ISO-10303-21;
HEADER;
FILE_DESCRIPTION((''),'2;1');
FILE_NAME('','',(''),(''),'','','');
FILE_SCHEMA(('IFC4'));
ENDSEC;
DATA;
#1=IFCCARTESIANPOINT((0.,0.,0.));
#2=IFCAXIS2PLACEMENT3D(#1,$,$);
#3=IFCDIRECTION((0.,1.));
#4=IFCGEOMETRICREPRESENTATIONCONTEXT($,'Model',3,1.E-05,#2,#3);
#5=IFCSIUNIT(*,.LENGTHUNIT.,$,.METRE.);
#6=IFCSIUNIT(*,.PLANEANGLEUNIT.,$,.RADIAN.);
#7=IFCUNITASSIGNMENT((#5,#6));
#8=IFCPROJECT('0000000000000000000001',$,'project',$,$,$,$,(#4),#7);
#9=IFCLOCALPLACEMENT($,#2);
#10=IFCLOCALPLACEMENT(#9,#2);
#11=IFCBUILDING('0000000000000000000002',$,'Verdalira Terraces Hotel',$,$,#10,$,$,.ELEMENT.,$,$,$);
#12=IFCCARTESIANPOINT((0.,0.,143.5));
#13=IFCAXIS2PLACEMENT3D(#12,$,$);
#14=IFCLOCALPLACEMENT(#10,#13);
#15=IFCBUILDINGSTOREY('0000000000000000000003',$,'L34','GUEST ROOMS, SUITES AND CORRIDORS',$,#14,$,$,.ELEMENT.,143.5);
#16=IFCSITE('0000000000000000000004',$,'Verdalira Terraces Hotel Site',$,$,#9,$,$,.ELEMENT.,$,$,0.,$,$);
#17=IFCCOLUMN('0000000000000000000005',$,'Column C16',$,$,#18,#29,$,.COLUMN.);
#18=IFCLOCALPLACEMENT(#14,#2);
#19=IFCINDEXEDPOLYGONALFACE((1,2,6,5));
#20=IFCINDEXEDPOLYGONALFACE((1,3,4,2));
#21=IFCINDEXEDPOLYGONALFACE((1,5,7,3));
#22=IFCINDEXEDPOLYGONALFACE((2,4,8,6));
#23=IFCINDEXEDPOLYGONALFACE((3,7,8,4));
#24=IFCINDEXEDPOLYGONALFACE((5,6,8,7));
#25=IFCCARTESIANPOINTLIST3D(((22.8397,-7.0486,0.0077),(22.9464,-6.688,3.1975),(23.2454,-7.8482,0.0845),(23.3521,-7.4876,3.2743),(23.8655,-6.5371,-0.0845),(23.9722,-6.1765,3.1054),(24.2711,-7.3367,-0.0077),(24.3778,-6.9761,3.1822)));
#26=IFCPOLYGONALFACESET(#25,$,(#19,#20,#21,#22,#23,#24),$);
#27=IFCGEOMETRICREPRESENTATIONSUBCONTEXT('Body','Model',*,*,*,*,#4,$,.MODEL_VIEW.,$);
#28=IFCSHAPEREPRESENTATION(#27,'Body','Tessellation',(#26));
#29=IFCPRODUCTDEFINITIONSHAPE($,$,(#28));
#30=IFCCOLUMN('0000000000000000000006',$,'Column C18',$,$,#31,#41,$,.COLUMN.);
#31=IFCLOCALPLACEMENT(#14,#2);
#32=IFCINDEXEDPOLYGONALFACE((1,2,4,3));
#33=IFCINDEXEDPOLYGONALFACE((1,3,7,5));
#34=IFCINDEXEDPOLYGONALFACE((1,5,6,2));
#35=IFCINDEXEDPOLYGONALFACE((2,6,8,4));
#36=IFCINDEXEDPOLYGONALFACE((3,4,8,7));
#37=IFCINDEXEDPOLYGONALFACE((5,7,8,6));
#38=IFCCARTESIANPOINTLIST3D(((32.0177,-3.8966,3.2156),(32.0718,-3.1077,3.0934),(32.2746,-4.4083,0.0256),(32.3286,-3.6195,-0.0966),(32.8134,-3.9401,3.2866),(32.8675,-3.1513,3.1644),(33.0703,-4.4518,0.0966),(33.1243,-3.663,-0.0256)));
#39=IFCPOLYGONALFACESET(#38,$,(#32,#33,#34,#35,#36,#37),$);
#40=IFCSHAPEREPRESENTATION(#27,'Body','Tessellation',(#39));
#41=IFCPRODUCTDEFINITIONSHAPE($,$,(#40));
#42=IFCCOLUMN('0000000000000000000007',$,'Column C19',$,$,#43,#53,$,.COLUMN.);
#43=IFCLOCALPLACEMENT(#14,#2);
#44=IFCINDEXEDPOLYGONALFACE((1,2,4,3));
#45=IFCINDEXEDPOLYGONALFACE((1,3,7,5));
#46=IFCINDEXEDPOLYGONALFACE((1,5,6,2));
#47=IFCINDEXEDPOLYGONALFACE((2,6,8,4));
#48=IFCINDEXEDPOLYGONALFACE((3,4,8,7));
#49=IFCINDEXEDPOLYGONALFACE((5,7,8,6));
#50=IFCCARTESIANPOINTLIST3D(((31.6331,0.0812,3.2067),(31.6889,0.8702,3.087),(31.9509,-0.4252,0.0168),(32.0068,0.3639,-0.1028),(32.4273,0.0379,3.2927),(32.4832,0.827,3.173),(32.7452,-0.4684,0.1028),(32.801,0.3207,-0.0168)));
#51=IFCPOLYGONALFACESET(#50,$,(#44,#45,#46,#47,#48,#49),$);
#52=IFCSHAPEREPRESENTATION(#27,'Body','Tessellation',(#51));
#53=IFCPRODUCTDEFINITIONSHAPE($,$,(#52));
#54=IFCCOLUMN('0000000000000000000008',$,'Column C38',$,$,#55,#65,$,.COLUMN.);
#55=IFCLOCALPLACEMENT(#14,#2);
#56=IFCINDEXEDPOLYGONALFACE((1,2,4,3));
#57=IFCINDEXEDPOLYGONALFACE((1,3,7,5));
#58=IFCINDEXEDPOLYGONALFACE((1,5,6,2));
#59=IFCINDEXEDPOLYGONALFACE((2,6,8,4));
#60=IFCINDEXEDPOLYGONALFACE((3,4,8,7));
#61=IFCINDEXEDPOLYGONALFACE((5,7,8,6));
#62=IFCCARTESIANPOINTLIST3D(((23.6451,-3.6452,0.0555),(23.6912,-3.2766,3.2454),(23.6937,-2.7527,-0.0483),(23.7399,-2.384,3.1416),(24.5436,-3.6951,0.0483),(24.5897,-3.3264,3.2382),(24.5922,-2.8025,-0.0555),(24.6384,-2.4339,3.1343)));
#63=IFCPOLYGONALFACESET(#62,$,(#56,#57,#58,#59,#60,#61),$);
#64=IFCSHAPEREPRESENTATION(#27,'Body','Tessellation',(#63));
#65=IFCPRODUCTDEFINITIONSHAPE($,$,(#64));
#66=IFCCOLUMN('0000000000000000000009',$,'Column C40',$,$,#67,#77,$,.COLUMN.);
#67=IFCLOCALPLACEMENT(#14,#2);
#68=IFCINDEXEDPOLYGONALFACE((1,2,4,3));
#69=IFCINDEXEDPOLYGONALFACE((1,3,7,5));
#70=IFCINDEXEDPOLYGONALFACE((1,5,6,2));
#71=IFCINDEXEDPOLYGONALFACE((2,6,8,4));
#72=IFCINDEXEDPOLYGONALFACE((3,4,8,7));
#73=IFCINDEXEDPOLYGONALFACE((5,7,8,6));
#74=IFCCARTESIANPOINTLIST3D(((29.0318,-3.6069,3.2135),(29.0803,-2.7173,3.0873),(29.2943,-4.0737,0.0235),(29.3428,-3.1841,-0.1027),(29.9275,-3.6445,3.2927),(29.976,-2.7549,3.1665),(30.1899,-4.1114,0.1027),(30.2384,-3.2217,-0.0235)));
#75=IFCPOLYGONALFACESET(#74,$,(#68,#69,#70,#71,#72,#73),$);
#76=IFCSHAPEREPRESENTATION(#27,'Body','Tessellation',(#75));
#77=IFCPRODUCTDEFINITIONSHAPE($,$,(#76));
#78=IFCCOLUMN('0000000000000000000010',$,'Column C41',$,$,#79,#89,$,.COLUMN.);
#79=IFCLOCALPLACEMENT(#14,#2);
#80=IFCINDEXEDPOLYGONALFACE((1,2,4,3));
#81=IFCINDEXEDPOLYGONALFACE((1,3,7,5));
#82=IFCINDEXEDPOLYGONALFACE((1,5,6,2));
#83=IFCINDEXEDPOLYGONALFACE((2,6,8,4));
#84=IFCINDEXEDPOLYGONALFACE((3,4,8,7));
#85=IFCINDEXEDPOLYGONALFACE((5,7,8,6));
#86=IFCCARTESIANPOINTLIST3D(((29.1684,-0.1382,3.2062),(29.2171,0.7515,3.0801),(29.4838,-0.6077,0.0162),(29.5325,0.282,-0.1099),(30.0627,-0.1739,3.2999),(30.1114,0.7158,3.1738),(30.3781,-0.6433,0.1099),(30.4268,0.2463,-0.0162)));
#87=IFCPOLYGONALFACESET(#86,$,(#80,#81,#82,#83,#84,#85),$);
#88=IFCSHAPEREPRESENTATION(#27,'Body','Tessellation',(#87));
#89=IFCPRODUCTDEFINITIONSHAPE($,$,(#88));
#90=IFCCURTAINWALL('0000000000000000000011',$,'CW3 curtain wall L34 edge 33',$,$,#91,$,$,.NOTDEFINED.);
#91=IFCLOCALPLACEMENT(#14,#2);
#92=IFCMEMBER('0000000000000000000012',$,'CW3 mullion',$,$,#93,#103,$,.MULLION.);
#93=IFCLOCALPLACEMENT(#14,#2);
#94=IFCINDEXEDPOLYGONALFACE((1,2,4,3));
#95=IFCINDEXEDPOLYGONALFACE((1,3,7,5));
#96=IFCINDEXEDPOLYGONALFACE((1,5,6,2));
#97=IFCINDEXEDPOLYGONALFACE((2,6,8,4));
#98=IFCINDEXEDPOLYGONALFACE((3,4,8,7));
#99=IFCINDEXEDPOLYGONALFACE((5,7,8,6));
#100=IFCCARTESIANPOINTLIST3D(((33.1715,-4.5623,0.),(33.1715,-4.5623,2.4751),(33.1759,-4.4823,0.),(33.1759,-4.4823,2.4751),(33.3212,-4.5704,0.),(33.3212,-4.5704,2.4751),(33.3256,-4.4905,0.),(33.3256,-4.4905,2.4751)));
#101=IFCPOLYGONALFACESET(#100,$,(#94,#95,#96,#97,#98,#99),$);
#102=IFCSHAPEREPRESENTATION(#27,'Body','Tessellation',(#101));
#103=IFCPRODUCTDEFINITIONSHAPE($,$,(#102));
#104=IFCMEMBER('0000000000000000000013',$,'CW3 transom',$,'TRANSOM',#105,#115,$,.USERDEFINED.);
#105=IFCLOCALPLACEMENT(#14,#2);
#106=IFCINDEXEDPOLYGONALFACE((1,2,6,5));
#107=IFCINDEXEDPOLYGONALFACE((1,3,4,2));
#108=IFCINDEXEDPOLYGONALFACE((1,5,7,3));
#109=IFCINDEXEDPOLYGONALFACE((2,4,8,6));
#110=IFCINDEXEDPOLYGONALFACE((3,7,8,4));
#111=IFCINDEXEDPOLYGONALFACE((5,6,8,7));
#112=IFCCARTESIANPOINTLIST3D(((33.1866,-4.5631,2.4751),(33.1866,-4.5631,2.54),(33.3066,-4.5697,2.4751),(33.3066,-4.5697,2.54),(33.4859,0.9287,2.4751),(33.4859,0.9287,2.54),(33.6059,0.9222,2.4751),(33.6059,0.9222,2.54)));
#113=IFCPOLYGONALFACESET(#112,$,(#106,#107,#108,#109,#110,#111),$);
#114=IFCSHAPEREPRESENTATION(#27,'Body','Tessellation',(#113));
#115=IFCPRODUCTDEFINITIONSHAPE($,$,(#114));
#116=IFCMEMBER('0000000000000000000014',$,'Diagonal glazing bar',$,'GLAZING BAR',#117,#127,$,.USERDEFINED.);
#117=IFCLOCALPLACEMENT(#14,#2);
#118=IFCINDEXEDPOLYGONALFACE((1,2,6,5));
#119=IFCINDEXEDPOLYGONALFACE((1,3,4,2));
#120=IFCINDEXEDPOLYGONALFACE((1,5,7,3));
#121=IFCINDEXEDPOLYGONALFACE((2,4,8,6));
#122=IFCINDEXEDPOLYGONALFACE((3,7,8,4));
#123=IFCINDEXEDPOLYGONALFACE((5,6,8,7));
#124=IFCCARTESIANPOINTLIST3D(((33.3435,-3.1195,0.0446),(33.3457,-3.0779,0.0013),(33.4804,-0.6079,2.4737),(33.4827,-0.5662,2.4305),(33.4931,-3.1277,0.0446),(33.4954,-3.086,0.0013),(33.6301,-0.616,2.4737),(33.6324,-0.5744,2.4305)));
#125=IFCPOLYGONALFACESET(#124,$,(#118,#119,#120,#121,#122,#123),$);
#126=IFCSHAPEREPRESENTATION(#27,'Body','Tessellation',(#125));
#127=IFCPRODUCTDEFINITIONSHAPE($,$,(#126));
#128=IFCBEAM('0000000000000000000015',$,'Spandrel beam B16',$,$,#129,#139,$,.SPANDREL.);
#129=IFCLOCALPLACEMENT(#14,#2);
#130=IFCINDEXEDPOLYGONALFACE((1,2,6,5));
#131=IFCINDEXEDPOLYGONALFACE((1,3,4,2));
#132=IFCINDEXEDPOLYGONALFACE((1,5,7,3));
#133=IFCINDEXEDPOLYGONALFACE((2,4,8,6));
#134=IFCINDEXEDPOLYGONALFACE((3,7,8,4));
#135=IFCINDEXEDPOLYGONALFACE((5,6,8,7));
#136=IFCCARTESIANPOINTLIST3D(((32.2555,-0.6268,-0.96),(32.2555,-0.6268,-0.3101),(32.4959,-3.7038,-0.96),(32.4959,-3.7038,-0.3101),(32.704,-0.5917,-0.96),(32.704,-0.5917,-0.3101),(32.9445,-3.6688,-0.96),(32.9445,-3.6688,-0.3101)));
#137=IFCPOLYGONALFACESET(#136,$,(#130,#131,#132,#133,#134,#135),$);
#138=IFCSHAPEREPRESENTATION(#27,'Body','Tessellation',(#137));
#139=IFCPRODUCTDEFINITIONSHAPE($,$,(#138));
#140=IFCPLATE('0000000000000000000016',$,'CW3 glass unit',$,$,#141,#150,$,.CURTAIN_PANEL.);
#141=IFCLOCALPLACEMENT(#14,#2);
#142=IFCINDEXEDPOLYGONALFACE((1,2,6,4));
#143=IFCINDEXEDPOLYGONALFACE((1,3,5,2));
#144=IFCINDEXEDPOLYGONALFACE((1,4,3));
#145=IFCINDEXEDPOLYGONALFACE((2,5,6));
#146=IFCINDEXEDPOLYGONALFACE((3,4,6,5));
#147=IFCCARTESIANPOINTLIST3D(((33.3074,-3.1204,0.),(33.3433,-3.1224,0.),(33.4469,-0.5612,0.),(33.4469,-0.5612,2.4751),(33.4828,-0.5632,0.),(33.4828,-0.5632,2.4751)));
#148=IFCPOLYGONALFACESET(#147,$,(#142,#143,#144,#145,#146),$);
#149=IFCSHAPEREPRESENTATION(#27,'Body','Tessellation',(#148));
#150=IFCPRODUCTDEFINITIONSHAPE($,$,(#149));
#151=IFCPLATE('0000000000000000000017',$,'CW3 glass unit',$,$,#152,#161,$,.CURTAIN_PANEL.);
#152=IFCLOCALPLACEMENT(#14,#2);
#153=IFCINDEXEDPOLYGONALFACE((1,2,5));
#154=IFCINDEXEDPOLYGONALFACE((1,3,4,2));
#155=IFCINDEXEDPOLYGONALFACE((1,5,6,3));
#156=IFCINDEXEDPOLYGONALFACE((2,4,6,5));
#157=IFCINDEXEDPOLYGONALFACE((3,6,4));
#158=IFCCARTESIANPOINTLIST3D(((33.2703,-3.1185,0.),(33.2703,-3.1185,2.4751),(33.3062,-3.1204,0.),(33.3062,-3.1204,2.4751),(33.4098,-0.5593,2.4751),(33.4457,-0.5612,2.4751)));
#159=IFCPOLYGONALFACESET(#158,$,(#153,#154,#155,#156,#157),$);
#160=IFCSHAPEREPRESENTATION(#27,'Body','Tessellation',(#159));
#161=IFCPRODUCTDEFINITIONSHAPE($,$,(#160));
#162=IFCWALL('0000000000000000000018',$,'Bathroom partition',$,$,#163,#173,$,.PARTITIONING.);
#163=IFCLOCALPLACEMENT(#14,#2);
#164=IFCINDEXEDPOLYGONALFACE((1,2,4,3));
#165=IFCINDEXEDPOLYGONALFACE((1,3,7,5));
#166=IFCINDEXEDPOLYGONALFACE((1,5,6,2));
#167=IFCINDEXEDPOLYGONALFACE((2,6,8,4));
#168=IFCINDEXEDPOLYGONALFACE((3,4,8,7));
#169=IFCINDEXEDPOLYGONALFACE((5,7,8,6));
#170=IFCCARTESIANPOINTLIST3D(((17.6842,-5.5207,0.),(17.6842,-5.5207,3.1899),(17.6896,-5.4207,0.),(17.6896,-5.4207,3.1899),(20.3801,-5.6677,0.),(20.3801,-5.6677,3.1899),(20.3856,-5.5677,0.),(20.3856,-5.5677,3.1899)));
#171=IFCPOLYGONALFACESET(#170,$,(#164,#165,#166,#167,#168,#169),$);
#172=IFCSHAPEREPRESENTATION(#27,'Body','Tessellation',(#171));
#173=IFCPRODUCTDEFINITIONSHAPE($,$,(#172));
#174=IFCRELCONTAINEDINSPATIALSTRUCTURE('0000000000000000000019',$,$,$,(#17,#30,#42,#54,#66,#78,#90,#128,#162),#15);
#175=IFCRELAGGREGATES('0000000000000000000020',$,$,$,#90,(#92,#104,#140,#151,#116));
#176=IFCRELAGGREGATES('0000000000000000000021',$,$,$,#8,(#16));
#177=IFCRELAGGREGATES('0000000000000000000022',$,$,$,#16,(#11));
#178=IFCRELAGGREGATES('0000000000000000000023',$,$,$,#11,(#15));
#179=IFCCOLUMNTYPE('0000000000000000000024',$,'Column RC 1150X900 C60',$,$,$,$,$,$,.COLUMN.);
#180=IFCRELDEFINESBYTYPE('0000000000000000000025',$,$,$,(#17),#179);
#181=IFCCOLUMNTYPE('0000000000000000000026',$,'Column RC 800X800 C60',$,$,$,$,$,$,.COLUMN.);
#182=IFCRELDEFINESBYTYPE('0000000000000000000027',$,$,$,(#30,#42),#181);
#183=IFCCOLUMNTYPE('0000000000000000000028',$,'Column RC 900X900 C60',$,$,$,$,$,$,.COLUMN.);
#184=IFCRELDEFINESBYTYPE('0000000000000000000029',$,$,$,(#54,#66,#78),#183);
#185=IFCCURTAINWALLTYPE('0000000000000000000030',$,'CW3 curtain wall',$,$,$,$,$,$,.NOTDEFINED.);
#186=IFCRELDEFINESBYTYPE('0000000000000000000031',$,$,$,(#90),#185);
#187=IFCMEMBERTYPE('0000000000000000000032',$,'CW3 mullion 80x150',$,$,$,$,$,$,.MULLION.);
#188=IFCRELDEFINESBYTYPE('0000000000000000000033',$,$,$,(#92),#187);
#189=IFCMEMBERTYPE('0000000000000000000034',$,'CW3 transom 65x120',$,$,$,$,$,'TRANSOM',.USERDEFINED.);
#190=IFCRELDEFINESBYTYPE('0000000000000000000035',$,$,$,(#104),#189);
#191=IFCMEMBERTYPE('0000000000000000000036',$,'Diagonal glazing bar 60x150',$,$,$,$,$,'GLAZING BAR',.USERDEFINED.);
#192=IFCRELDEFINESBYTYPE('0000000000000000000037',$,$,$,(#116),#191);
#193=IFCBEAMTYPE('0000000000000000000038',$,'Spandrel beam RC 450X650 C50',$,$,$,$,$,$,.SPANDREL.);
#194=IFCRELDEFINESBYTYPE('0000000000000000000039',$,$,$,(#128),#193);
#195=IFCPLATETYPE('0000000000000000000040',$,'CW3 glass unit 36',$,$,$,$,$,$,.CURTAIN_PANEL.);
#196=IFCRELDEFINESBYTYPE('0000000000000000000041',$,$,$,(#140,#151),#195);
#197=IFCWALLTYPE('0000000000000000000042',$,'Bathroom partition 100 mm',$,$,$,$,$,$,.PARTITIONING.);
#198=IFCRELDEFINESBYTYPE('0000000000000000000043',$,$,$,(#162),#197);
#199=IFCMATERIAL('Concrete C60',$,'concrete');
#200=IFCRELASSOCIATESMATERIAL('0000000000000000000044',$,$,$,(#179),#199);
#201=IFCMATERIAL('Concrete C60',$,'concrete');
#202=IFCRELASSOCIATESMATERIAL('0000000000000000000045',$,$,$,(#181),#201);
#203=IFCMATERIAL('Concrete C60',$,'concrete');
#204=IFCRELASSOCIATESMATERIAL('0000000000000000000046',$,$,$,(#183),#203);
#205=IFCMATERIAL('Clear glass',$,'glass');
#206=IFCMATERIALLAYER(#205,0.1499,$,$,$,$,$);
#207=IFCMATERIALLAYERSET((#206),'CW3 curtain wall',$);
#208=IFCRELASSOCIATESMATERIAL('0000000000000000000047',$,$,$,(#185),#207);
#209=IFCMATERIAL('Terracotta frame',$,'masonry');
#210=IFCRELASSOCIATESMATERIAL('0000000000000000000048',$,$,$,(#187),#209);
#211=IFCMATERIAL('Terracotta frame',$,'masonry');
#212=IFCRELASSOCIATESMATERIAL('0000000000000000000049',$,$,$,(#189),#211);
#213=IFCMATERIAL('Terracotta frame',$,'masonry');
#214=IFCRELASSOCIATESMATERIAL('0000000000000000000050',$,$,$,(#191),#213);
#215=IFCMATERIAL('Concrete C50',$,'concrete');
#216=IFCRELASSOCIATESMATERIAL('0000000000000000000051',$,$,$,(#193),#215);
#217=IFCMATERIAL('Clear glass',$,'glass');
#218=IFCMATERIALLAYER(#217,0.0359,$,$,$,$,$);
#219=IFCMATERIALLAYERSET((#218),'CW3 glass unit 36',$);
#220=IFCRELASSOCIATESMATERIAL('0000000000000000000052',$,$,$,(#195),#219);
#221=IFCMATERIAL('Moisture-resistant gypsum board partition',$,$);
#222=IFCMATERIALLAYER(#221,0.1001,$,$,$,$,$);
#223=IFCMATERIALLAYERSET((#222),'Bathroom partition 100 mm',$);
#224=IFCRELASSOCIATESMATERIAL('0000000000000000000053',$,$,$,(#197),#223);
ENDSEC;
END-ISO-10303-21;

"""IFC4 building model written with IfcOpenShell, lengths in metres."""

from ifc_helpers import new_model, si_unit, direction, frame, frame_2d, origin, origin_2d, place, context, subcontext, project, spatial, polyline, rectangle, outline, extrude, material, layer, layer_set, material_profile, profile_set, type_object, element, aggregate, save


model = new_model("IFC4")

# Units and contexts
model_context = context("Model", 3, precision=1e-05, world=origin(), true_north=direction((0.0, 1.0)))
body_context = subcontext(model_context, "Body", "Model", "MODEL_VIEW")
ifc_project = project(units=[si_unit("LENGTHUNIT", "METRE"), si_unit("PLANEANGLEUNIT", "RADIAN")], contexts=[model_context])

# Site, building, storey
site_placement = place(None, origin())
site = spatial("IfcSite", under=ifc_project, at=site_placement, Name="Verdalira Terraces Hotel Site", CompositionType="ELEMENT", RefElevation=0.0)
building_placement = place(site_placement, origin())
building = spatial("IfcBuilding", under=site, at=building_placement, Name="Verdalira Terraces Hotel", CompositionType="ELEMENT")
storey_placement = place(building_placement, frame((0.0, 0.0, 143.5)))
storey = spatial("IfcBuildingStorey", under=building, at=storey_placement, Name="L34", Description="GUEST ROOMS, SUITES AND CORRIDORS", CompositionType="ELEMENT", Elevation=143.5)

# Columns
ifc_material_1 = material(Name="Concrete C60", Category="concrete")
ifc_material_profile_1 = material_profile(ifc_material_1, rectangle(XDim=1.1499, YDim=0.8999, at=origin_2d()), Name="RC 1150X900")
ifc_profile_set_1 = profile_set([ifc_material_profile_1], Name="Concrete C60")
column_type_1 = type_object("IfcColumnType", Name="Column RC 1150X900 C60", PredefinedType="COLUMN", material=ifc_profile_set_1)
column_1_placement = place(storey_placement, frame((23.5554, -7.1926, 0.0), z_axis=(0.033216, 0.112264, 0.993123), x_axis=(-0.892028, -0.444822, 0.080118)))
element("IfcColumn", 1, at=column_1_placement, inside=storey, type_object=column_type_1, Name="Column C16", PredefinedType="COLUMN", context=body_context, shape_type="SweptSolid", body=[
    extrude(rectangle(XDim=1.1499, YDim=0.8999, at=origin_2d()), origin(), (0.0, 0.0, 1.0), 3.2119),
])
ifc_material_2 = material(Name="Concrete C60", Category="concrete")
ifc_material_profile_2 = material_profile(ifc_material_2, rectangle(XDim=0.8, YDim=0.8, at=origin_2d()), Name="RC 800X800")
ifc_profile_set_2 = profile_set([ifc_material_profile_2], Name="Concrete C60")
column_type_2 = type_object("IfcColumnType", Name="Column RC 800X800 C60", PredefinedType="COLUMN", material=ifc_profile_set_2)
column_2_placement = place(storey_placement, frame((32.6995, -4.0356, 0.0), z_axis=(-0.079248, 0.157893, 0.984271), x_axis=(0.067574, 0.985956, -0.152723)))
element("IfcColumn", 2, at=column_2_placement, inside=storey, type_object=column_type_2, Name="Column C18", PredefinedType="COLUMN", context=body_context, shape_type="SweptSolid", body=[
    extrude(rectangle(XDim=0.8, YDim=0.8, at=origin_2d()), origin(), (0.0, 0.0, 1.0), 3.241),
])
column_3_placement = place(storey_placement, frame((32.376, -0.0522, 0.0), z_axis=(-0.097943, 0.156016, 0.982887), x_axis=(0.069858, 0.986277, -0.149593)))
element("IfcColumn", 3, at=column_3_placement, inside=storey, type_object=column_type_2, Name="Column C19", PredefinedType="COLUMN", context=body_context, shape_type="SweptSolid", body=[
    extrude(rectangle(XDim=0.8, YDim=0.8, at=origin_2d()), origin(), (0.0, 0.0, 1.0), 3.2454),
])
ifc_material_3 = material(Name="Concrete C60", Category="concrete")
ifc_material_profile_3 = material_profile(ifc_material_3, rectangle(XDim=0.8999, YDim=0.8999, at=origin_2d()), Name="RC 900X900")
ifc_profile_set_3 = profile_set([ifc_material_profile_3], Name="Concrete C60")
column_type_3 = type_object("IfcColumnType", Name="Column RC 900X900 C60", PredefinedType="COLUMN", material=ifc_profile_set_3)
column_4_placement = place(storey_placement, frame((24.1187, -3.2239, 0.0), z_axis=(0.014368, 0.114791, 0.993286), x_axis=(0.998433, -0.055373, -0.008043)))
element("IfcColumn", 4, at=column_4_placement, inside=storey, type_object=column_type_3, Name="Column C38", PredefinedType="COLUMN", context=body_context, shape_type="SweptSolid", body=[
    extrude(rectangle(XDim=0.8999, YDim=0.8999, at=origin_2d()), origin(), (0.0, 0.0, 1.0), 3.2114),
])
column_5_placement = place(storey_placement, frame((29.7664, -3.6477, 0.0), z_axis=(-0.081139, 0.144315, 0.9862), x_axis=(0.995244, -0.041789, 0.087998)))
element("IfcColumn", 5, at=column_5_placement, inside=storey, type_object=column_type_3, Name="Column C40", PredefinedType="COLUMN", context=body_context, shape_type="SweptSolid", body=[
    extrude(rectangle(XDim=0.8999, YDim=0.8999, at=origin_2d()), origin(), (0.0, 0.0, 1.0), 3.2346),
])
column_6_placement = place(storey_placement, frame((29.9553, -0.1807, 0.0), z_axis=(-0.097364, 0.144916, 0.984642), x_axis=(0.993776, -0.039649, 0.104103)))
element("IfcColumn", 6, at=column_6_placement, inside=storey, type_object=column_type_3, Name="Column C41", PredefinedType="COLUMN", context=body_context, shape_type="SweptSolid", body=[
    extrude(rectangle(XDim=0.8999, YDim=0.8999, at=origin_2d()), origin(), (0.0, 0.0, 1.0), 3.2397),
])

# Curtain wall, members
ifc_material_4 = material(Name="Clear glass", Category="glass")
ifc_layer_1 = layer(ifc_material_4, 0.1499)
ifc_layer_set_1 = layer_set([ifc_layer_1], Name="CW3 curtain wall")
curtain_wall_type = type_object("IfcCurtainWallType", Name="CW3 curtain wall", PredefinedType="NOTDEFINED", material=ifc_layer_set_1)
curtain_wall_placement = place(storey_placement, origin())
curtain_wall = element("IfcCurtainWall", 7, at=curtain_wall_placement, inside=storey, type_object=curtain_wall_type, Name="CW3 curtain wall L34 edge 33", PredefinedType="NOTDEFINED")
ifc_material_5 = material(Name="Terracotta frame", Category="masonry")
ifc_material_profile_4 = material_profile(ifc_material_5, rectangle(XDim=0.0801, YDim=0.1499, at=origin_2d()), Name="MU 80x150")
ifc_profile_set_4 = profile_set([ifc_material_profile_4], Name="Terracotta frame")
member_type_1 = type_object("IfcMemberType", Name="CW3 mullion 80x150", PredefinedType="MULLION", material=ifc_profile_set_4)
member_1_placement = place(storey_placement, frame((33.2485, -4.5264, 0.0), z_axis=(0.0, 0.0, 1.0), x_axis=(0.054427, 0.998518, 0.0)))
member_1 = element("IfcMember", 8, at=member_1_placement, type_object=member_type_1, Name="CW3 mullion", PredefinedType="MULLION", context=body_context, shape_type="SweptSolid", body=[
    extrude(rectangle(XDim=0.0801, YDim=0.1499, at=origin_2d()), origin(), (0.0, 0.0, 1.0), 2.4751),
])
ifc_material_6 = material(Name="Terracotta frame", Category="masonry")
ifc_material_profile_5 = material_profile(ifc_material_6, rectangle(XDim=0.1201, YDim=0.0649, at=origin_2d()), Name="TR 65x120")
ifc_profile_set_5 = profile_set([ifc_material_profile_5], Name="Terracotta frame")
member_type_2 = type_object("IfcMemberType", Name="CW3 transom 65x120", ElementType="TRANSOM", PredefinedType="USERDEFINED", material=ifc_profile_set_5)
member_2_placement = place(storey_placement, frame((33.2466, -4.5664, 2.5076), z_axis=(0.05442, 0.998518, 0.0), x_axis=(-0.998518, 0.05442, 0.0)))
member_2 = element("IfcMember", 9, at=member_2_placement, type_object=member_type_2, Name="CW3 transom", ObjectType="TRANSOM", PredefinedType="USERDEFINED", context=body_context, shape_type="SweptSolid", body=[
    extrude(rectangle(XDim=0.1201, YDim=0.0649, at=origin_2d()), origin(), (0.0, 0.0, 1.0), 5.5),
])
ifc_material_7 = material(Name="Terracotta frame", Category="masonry")
ifc_material_profile_6 = material_profile(ifc_material_7, rectangle(XDim=0.1499, YDim=0.0601, at=origin_2d()), Name="GB 60x150")
ifc_profile_set_6 = profile_set([ifc_material_profile_6], Name="Terracotta frame")
member_type_3 = type_object("IfcMemberType", Name="Diagonal glazing bar 60x150", ElementType="GLAZING BAR", PredefinedType="USERDEFINED", material=ifc_profile_set_6)
member_3_placement = place(storey_placement, frame((33.4194, -3.1028, 0.0229), z_axis=(0.039167, 0.718265, 0.694667), x_axis=(-0.998517, 0.054449, 0.0)))
member_3 = element("IfcMember", 10, at=member_3_placement, type_object=member_type_3, Name="Diagonal glazing bar", ObjectType="GLAZING BAR", PredefinedType="USERDEFINED", context=body_context, shape_type="SweptSolid", body=[
    extrude(rectangle(XDim=0.1499, YDim=0.0601, at=origin_2d()), origin(), (0.0, 0.0, 1.0), 3.4968),
])

# Beam
ifc_material_8 = material(Name="Concrete C50", Category="concrete")
ifc_material_profile_7 = material_profile(ifc_material_8, rectangle(XDim=0.45, YDim=0.6499, at=origin_2d()), Name="RC 450X650")
ifc_profile_set_7 = profile_set([ifc_material_profile_7], Name="Concrete C50")
beam_type = type_object("IfcBeamType", Name="Spandrel beam RC 450X650 C50", PredefinedType="SPANDREL", material=ifc_profile_set_7)
beam_placement = place(storey_placement, frame((32.7202, -3.6863, -0.635), z_axis=(-0.077912, 0.99696, 0.0), x_axis=(-0.99696, -0.077912, 0.0)))
element("IfcBeam", 11, at=beam_placement, inside=storey, type_object=beam_type, Name="Spandrel beam B16", PredefinedType="SPANDREL", context=body_context, shape_type="SweptSolid", body=[
    extrude(rectangle(XDim=0.45, YDim=0.6499, at=origin_2d()), origin(), (0.0, 0.0, 1.0), 3.0864),
])

# Plates
ifc_material_9 = material(Name="Clear glass", Category="glass")
ifc_layer_2 = layer(ifc_material_9, 0.0359)
ifc_layer_set_2 = layer_set([ifc_layer_2], Name="CW3 glass unit 36")
plate_type = type_object("IfcPlateType", Name="CW3 glass unit 36", PredefinedType="CURTAIN_PANEL", material=ifc_layer_set_2)
plate_1_placement = place(storey_placement, frame((33.3772, -1.8408, 1.2375), z_axis=(0.998518, -0.054427, 0.0), x_axis=(0.054427, 0.998518, 0.0)))
plate_1 = element("IfcPlate", 12, at=plate_1_placement, type_object=plate_type, Name="CW3 glass unit", PredefinedType="CURTAIN_PANEL", context=body_context, shape_type="SweptSolid", body=[
    extrude(outline(polyline([(-1.2815, -1.2375), (1.2815, -1.2375), (1.2815, 1.2375), (-1.2815, -1.2375)])), origin(), (0.0, 0.0, 1.0), 0.0359),
])
plate_2_placement = place(storey_placement, frame((33.3401, -1.8389, 1.2375), z_axis=(0.998518, -0.054427, 0.0), x_axis=(0.054427, 0.998518, 0.0)))
plate_2 = element("IfcPlate", 13, at=plate_2_placement, type_object=plate_type, Name="CW3 glass unit", PredefinedType="CURTAIN_PANEL", context=body_context, shape_type="SweptSolid", body=[
    extrude(outline(polyline([(-1.2815, -1.2375), (1.2815, 1.2375), (-1.2815, 1.2375), (-1.2815, -1.2375)])), origin(), (0.0, 0.0, 1.0), 0.0359),
])
aggregate(curtain_wall, [member_1, member_2, plate_1, plate_2, member_3])

# Wall
ifc_material_10 = material(Name="Moisture-resistant gypsum board partition")
ifc_layer_3 = layer(ifc_material_10, 0.1001)
ifc_layer_set_3 = layer_set([ifc_layer_3], Name="Bathroom partition 100 mm")
wall_type_1 = type_object("IfcWallType", Name="Bathroom partition 100 mm", PredefinedType="PARTITIONING", material=ifc_layer_set_3)
wall_1_placement = place(storey_placement, frame((17.6868, -5.4707, 0.0), z_axis=(0.0, 0.0, 1.0), x_axis=(0.998517, -0.054433, 0.0)))
element("IfcWall", 14, at=wall_1_placement, inside=storey, type_object=wall_type_1, Name="Bathroom partition", PredefinedType="PARTITIONING", context=body_context, shape_type="SweptSolid", body=[
    extrude(rectangle(XDim=2.7, YDim=0.1001, at=frame_2d((1.3501, 0.0))), origin(), (0.0, 0.0, 1.0), 3.1899),
])

save(model, "model.ifc")
